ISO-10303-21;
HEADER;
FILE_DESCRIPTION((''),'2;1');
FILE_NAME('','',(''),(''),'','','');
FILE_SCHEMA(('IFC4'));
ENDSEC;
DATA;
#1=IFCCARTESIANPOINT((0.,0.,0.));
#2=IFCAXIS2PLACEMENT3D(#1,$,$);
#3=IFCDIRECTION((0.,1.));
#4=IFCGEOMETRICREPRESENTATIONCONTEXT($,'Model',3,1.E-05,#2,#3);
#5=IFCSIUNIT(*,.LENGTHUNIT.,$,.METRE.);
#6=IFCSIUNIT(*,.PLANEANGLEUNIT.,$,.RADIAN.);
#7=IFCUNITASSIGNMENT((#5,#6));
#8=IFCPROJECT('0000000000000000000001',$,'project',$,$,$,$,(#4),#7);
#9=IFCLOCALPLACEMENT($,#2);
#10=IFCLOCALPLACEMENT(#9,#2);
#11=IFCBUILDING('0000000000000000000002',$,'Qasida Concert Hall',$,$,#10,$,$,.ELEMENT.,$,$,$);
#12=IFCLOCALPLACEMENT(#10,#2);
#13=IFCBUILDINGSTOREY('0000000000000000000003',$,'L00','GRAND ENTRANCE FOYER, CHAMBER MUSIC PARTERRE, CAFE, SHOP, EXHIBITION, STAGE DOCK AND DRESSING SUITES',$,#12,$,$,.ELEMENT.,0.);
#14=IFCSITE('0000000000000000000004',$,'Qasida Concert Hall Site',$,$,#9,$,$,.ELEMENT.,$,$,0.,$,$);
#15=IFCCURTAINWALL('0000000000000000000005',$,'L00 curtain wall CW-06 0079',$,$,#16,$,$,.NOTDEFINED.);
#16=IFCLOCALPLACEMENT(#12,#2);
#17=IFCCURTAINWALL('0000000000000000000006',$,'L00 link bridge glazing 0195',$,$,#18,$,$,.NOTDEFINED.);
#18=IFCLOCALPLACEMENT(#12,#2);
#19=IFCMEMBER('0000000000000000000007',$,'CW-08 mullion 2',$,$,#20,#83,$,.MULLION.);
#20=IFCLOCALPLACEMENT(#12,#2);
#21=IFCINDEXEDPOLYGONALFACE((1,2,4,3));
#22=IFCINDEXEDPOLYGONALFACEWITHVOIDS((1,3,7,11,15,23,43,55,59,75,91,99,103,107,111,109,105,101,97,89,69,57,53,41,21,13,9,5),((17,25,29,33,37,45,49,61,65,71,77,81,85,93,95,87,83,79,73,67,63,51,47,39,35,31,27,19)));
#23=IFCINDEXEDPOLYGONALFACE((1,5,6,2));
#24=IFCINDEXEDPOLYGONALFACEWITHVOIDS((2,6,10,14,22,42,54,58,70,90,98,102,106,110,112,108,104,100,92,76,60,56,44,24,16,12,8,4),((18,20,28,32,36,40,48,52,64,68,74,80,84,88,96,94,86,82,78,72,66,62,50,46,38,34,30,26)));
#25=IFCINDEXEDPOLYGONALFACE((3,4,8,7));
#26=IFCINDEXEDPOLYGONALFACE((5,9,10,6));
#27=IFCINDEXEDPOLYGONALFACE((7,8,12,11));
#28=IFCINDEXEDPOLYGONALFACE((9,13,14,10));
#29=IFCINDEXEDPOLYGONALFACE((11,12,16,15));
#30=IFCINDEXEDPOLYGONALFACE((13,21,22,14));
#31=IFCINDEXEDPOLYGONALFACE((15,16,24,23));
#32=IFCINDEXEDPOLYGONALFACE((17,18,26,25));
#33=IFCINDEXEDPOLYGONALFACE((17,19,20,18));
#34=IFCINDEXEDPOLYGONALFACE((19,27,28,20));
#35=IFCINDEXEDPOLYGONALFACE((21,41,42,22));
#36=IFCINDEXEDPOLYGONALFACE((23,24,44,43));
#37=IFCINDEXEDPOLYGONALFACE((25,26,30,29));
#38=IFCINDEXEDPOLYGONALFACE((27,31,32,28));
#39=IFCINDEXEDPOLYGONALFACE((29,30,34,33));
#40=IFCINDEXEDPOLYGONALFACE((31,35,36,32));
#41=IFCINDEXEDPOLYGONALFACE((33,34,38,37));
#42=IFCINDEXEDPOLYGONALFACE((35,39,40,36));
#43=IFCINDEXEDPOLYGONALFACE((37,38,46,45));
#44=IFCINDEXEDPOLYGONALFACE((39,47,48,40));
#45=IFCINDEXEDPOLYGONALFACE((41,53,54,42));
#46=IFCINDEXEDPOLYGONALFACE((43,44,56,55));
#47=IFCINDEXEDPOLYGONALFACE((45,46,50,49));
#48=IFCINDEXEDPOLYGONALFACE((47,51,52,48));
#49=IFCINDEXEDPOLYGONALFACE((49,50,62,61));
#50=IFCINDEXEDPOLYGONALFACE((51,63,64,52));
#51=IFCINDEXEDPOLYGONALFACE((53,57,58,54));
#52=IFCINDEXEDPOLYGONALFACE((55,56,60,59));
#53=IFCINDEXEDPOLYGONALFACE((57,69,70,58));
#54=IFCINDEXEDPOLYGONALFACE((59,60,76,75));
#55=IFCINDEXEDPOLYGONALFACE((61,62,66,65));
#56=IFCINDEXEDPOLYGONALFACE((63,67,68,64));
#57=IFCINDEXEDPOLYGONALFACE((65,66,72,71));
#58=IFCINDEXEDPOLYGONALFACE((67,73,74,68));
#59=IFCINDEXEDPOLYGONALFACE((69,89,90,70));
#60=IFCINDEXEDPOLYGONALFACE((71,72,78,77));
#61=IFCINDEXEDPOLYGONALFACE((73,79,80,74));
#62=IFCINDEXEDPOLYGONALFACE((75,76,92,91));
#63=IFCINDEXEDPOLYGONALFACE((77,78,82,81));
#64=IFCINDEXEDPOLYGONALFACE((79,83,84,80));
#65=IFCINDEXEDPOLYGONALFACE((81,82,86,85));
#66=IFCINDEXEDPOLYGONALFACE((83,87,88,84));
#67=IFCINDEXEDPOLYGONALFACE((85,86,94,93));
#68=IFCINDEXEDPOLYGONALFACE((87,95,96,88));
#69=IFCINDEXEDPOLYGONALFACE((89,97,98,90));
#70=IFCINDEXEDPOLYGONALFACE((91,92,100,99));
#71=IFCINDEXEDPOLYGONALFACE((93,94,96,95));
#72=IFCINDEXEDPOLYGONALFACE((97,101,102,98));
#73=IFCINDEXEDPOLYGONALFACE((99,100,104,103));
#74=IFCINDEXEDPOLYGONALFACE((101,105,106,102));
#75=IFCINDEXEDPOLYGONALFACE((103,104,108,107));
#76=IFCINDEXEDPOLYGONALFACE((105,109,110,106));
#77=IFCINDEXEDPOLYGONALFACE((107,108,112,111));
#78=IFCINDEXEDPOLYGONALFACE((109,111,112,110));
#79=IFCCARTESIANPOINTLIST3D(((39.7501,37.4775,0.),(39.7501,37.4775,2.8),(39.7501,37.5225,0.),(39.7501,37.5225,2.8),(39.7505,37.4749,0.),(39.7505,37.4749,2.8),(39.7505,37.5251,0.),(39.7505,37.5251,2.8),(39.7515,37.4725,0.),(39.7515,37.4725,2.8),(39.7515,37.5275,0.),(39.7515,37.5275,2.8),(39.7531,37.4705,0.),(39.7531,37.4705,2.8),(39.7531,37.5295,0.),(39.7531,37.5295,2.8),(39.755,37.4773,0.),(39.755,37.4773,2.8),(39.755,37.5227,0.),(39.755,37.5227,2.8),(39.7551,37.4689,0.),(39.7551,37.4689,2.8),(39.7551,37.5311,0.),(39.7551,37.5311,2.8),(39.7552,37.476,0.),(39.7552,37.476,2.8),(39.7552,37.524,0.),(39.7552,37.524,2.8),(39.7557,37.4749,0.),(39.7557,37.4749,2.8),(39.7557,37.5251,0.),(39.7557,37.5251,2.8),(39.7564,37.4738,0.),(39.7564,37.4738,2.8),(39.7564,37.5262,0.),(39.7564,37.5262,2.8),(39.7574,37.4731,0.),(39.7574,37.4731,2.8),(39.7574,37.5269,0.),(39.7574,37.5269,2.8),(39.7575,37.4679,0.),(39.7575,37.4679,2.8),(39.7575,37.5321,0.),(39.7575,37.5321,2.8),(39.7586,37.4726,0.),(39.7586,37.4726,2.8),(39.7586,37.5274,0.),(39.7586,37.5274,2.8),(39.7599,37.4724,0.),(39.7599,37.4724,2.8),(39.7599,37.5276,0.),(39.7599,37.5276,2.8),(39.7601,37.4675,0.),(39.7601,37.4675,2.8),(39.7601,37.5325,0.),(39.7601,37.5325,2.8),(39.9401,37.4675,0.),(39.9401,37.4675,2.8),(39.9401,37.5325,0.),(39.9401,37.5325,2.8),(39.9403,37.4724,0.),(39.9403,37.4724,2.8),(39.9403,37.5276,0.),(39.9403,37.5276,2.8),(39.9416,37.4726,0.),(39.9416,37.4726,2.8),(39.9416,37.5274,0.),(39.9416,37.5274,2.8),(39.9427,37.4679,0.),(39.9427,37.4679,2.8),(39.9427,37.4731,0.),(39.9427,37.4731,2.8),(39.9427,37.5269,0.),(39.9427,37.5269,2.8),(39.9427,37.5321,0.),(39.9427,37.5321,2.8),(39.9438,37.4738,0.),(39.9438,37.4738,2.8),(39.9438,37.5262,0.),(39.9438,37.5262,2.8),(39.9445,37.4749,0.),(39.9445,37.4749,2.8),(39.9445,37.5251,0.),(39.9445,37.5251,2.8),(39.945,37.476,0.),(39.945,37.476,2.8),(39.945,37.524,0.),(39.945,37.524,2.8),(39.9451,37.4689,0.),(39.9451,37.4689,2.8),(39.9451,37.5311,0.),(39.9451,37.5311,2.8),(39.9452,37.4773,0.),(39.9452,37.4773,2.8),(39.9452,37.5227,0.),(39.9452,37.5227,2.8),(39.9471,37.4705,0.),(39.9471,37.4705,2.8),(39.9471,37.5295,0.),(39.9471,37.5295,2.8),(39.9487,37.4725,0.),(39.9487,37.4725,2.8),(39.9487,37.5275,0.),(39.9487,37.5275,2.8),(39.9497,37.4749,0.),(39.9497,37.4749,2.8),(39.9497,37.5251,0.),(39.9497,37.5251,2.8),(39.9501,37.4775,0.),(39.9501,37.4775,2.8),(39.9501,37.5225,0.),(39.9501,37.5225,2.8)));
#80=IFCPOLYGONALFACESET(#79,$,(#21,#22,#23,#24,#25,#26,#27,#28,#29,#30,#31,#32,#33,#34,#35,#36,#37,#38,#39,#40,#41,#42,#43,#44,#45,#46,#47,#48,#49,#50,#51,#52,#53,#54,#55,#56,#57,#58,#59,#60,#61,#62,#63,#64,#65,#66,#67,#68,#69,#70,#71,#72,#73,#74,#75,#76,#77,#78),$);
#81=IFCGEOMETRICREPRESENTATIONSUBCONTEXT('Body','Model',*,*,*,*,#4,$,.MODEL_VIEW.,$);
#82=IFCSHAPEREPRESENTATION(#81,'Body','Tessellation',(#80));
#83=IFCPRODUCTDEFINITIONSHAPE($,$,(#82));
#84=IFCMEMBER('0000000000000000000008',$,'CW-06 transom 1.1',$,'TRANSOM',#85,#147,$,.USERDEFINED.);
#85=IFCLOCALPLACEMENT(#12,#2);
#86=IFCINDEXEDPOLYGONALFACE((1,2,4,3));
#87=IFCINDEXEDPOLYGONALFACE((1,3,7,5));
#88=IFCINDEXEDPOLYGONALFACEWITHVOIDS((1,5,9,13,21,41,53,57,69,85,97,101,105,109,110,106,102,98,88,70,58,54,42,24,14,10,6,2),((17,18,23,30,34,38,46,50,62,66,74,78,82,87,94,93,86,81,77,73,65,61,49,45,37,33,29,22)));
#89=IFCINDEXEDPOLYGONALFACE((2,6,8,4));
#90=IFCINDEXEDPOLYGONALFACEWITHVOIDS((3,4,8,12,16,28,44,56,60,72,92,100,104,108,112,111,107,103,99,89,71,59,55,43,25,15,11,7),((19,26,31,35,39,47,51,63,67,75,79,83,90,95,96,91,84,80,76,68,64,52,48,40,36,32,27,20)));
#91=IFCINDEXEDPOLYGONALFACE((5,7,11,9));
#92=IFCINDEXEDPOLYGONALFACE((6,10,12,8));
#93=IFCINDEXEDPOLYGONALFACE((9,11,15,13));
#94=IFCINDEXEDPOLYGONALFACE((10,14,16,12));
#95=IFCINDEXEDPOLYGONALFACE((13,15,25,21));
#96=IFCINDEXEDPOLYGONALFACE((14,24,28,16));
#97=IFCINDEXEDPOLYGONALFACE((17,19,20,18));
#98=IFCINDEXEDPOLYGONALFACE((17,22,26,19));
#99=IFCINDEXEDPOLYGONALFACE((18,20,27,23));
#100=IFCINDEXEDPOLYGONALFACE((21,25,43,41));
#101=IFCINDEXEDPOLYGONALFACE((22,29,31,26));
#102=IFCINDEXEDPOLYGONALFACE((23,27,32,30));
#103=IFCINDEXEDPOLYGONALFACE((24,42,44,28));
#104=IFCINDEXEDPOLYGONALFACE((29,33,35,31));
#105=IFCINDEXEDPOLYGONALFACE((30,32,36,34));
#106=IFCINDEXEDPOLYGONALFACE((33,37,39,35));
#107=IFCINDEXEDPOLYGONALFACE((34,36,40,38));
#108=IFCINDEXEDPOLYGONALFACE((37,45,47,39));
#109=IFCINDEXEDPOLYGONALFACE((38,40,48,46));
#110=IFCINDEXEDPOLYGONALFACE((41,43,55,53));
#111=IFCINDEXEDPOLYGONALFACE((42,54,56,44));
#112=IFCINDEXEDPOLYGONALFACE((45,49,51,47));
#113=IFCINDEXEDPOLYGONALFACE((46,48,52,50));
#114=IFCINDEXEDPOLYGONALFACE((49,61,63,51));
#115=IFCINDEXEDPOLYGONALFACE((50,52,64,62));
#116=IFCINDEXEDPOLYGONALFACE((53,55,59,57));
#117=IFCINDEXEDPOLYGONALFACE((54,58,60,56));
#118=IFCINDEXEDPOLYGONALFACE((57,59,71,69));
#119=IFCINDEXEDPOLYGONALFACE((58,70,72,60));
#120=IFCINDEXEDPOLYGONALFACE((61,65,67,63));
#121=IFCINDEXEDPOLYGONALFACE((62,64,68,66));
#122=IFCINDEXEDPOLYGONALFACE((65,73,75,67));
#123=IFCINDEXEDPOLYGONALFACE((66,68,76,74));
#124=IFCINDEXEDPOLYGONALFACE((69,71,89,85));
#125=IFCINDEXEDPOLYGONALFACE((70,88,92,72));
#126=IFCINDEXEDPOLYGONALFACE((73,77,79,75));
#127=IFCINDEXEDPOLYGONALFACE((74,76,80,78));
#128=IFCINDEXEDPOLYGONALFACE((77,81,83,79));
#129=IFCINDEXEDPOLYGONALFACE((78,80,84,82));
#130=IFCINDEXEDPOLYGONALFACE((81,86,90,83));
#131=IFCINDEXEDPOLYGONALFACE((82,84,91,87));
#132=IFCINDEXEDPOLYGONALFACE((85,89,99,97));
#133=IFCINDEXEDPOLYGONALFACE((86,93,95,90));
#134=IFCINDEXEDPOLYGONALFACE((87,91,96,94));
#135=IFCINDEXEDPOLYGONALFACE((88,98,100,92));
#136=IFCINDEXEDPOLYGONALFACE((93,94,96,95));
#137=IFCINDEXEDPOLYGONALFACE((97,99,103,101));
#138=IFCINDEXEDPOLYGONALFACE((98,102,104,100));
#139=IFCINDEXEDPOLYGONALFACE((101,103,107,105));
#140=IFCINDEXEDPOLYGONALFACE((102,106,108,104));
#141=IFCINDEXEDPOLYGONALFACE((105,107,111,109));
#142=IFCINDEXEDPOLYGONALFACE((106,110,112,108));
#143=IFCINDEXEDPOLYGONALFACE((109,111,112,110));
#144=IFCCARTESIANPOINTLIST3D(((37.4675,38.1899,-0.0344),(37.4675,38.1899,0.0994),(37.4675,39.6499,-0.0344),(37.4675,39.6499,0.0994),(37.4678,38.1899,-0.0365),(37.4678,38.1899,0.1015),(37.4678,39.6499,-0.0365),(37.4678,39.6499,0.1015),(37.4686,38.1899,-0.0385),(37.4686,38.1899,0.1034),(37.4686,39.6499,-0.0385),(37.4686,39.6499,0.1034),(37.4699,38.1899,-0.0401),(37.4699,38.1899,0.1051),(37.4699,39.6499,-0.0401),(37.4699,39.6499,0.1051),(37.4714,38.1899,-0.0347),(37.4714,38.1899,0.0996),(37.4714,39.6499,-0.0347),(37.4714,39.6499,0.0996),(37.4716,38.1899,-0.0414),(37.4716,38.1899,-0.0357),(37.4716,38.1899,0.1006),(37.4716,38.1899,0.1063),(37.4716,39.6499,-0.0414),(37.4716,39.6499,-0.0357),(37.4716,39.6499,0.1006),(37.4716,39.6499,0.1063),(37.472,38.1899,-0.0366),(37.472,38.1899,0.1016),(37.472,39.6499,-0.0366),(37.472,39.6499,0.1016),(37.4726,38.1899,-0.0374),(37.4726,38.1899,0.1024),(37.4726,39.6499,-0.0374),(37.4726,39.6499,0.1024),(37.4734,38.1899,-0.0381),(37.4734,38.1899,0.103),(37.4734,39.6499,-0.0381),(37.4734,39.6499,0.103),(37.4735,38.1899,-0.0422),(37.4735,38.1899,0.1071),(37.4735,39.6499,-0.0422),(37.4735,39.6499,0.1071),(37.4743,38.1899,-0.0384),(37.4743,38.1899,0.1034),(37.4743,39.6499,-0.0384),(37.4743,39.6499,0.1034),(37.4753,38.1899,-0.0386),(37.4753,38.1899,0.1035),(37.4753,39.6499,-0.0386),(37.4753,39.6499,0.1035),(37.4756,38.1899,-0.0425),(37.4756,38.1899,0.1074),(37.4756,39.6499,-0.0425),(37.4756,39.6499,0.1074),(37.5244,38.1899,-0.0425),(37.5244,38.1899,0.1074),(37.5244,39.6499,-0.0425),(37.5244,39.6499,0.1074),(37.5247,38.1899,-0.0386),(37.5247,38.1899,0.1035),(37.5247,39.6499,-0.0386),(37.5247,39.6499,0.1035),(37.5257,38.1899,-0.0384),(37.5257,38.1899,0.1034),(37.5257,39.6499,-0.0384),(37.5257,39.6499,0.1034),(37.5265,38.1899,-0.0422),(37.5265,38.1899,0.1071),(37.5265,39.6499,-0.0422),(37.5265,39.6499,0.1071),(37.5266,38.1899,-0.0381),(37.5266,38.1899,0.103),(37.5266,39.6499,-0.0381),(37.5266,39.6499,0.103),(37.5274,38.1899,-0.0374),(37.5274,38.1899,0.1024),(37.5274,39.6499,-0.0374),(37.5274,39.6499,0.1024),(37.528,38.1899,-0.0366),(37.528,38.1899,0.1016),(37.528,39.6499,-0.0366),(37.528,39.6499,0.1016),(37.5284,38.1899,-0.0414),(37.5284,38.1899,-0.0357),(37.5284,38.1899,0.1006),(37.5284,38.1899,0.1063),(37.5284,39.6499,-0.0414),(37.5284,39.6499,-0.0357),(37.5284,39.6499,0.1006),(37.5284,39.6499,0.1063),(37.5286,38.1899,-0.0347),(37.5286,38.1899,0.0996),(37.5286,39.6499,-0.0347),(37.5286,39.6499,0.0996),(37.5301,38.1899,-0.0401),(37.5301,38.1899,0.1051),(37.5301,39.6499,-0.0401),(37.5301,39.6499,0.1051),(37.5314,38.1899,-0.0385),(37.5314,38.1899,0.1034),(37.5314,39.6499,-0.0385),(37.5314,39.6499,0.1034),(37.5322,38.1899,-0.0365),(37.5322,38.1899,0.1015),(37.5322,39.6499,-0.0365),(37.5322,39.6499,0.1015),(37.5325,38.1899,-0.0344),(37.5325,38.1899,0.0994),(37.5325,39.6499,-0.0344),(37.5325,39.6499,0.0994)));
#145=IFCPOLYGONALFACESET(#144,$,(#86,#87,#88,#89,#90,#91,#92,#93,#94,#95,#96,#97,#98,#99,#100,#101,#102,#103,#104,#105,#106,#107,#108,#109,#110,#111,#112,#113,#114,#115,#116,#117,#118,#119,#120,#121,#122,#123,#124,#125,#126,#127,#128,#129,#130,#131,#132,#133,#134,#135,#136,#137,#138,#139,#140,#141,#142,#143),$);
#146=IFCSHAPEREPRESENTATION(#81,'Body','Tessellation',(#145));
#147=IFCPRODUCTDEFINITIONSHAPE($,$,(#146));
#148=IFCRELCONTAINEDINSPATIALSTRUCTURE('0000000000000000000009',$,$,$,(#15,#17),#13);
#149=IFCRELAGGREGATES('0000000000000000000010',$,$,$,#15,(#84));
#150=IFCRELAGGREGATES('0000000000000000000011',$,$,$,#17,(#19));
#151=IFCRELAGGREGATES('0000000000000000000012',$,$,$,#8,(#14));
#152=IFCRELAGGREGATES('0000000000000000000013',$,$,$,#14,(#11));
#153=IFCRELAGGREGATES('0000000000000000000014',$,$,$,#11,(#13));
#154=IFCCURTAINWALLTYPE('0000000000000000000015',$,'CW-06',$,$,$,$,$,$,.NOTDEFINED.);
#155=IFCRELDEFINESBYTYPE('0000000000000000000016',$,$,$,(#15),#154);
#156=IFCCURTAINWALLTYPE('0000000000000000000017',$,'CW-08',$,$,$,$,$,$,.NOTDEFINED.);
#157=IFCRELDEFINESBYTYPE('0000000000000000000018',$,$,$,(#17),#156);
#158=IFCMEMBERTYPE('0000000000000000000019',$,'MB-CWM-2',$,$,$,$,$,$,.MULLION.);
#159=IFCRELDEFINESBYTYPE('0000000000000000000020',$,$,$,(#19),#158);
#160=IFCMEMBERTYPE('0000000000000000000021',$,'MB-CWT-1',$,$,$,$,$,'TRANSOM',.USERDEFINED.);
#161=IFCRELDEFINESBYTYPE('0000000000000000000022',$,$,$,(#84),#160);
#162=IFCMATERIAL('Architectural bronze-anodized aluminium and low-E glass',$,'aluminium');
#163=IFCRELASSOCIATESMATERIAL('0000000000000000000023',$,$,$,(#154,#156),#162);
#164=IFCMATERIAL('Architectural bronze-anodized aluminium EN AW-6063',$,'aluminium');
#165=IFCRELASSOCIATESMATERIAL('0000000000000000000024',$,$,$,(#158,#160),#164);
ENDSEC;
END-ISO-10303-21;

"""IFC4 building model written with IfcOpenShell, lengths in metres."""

from ifc_helpers import new_model, si_unit, direction, frame, origin, origin_2d, place, context, subcontext, project, spatial, hollow_rectangle, extrude, material, material_profile, profile_set, type_object, element, aggregate, save


model = new_model("IFC4")

# Units and contexts
model_context = context("Model", 3, precision=1e-05, world=origin(), true_north=direction((0.0, 1.0)))
body_context = subcontext(model_context, "Body", "Model", "MODEL_VIEW")
ifc_project = project(units=[si_unit("LENGTHUNIT", "METRE"), si_unit("PLANEANGLEUNIT", "RADIAN")], contexts=[model_context])

# Site, building, storey
site_placement = place(None, origin())
site = spatial("IfcSite", under=ifc_project, at=site_placement, Name="Qasida Concert Hall Site", CompositionType="ELEMENT", RefElevation=0.0)
building_placement = place(site_placement, origin())
building = spatial("IfcBuilding", under=site, at=building_placement, Name="Qasida Concert Hall", CompositionType="ELEMENT")
storey_placement = place(building_placement, origin())
storey = spatial("IfcBuildingStorey", under=building, at=storey_placement, Name="L00", Description="GRAND ENTRANCE FOYER, CHAMBER MUSIC PARTERRE, CAFE, SHOP, EXHIBITION, STAGE DOCK AND DRESSING SUITES", CompositionType="ELEMENT", Elevation=0.0)

# Curtain wall
ifc_material_1 = material(Name="Architectural bronze-anodized aluminium and low-E glass", Category="aluminium")
curtain_wall_type_1 = type_object("IfcCurtainWallType", Name="CW-06", PredefinedType="NOTDEFINED", material=ifc_material_1)
curtain_wall_1_placement = place(storey_placement, origin())
curtain_wall_1 = element("IfcCurtainWall", 1, at=curtain_wall_1_placement, inside=storey, type_object=curtain_wall_type_1, Name="L00 curtain wall CW-06 0079", PredefinedType="NOTDEFINED")
ifc_material_2 = material(Name="Architectural bronze-anodized aluminium EN AW-6063", Category="aluminium")

# Curtain wall, member
curtain_wall_type_2 = type_object("IfcCurtainWallType", Name="CW-08", PredefinedType="NOTDEFINED", material=ifc_material_1)
curtain_wall_2_placement = place(storey_placement, origin())
curtain_wall_2 = element("IfcCurtainWall", 2, at=curtain_wall_2_placement, inside=storey, type_object=curtain_wall_type_2, Name="L00 link bridge glazing 0195", PredefinedType="NOTDEFINED")
ifc_material_profile_1 = material_profile(ifc_material_2, hollow_rectangle(XDim=0.0649, YDim=0.2, WallThickness=0.0049, InnerFilletRadius=0.0049, OuterFilletRadius=0.01, at=origin_2d()), Name="CWM 200x65x5")
ifc_profile_set_1 = profile_set([ifc_material_profile_1], Name="Architectural bronze-anodized aluminium EN AW-6063")
member_type_1 = type_object("IfcMemberType", Name="MB-CWM-2", PredefinedType="MULLION", material=ifc_profile_set_1)
member_1_placement = place(storey_placement, frame((39.8501, 37.5, 0.0), z_axis=(0.0, 0.0, 1.0), x_axis=(0.0, 1.0, 0.0)))
member_1 = element("IfcMember", 3, at=member_1_placement, type_object=member_type_1, Name="CW-08 mullion 2", PredefinedType="MULLION", context=body_context, shape_type="SweptSolid", body=[
    extrude(hollow_rectangle(XDim=0.0649, YDim=0.2, WallThickness=0.0049, InnerFilletRadius=0.0049, OuterFilletRadius=0.01, at=origin_2d()), origin(), (0.0, 0.0, 1.0), 2.8),
])

# Member
ifc_material_profile_2 = material_profile(ifc_material_2, hollow_rectangle(XDim=0.0649, YDim=0.1499, WallThickness=0.0039, InnerFilletRadius=0.0039, OuterFilletRadius=0.0081, at=origin_2d()), Name="CWT 150x65x4")
ifc_profile_set_2 = profile_set([ifc_material_profile_2], Name="Architectural bronze-anodized aluminium EN AW-6063")
member_type_2 = type_object("IfcMemberType", Name="MB-CWT-1", ElementType="TRANSOM", PredefinedType="USERDEFINED", material=ifc_profile_set_2)
member_2_placement = place(storey_placement, frame((37.5, 38.1899, 0.0325), z_axis=(0.0, 1.0, 0.0), x_axis=(-1.0, 0.0, 0.0)))
member_2 = element("IfcMember", 4, at=member_2_placement, type_object=member_type_2, Name="CW-06 transom 1.1", ObjectType="TRANSOM", PredefinedType="USERDEFINED", context=body_context, shape_type="SweptSolid", body=[
    extrude(hollow_rectangle(XDim=0.0649, YDim=0.1499, WallThickness=0.0039, InnerFilletRadius=0.0039, OuterFilletRadius=0.0081, at=origin_2d()), origin(), (0.0, 0.0, 1.0), 1.46),
])

aggregate(curtain_wall_1, [member_2])
aggregate(curtain_wall_2, [member_1])

save(model, "model.ifc")
